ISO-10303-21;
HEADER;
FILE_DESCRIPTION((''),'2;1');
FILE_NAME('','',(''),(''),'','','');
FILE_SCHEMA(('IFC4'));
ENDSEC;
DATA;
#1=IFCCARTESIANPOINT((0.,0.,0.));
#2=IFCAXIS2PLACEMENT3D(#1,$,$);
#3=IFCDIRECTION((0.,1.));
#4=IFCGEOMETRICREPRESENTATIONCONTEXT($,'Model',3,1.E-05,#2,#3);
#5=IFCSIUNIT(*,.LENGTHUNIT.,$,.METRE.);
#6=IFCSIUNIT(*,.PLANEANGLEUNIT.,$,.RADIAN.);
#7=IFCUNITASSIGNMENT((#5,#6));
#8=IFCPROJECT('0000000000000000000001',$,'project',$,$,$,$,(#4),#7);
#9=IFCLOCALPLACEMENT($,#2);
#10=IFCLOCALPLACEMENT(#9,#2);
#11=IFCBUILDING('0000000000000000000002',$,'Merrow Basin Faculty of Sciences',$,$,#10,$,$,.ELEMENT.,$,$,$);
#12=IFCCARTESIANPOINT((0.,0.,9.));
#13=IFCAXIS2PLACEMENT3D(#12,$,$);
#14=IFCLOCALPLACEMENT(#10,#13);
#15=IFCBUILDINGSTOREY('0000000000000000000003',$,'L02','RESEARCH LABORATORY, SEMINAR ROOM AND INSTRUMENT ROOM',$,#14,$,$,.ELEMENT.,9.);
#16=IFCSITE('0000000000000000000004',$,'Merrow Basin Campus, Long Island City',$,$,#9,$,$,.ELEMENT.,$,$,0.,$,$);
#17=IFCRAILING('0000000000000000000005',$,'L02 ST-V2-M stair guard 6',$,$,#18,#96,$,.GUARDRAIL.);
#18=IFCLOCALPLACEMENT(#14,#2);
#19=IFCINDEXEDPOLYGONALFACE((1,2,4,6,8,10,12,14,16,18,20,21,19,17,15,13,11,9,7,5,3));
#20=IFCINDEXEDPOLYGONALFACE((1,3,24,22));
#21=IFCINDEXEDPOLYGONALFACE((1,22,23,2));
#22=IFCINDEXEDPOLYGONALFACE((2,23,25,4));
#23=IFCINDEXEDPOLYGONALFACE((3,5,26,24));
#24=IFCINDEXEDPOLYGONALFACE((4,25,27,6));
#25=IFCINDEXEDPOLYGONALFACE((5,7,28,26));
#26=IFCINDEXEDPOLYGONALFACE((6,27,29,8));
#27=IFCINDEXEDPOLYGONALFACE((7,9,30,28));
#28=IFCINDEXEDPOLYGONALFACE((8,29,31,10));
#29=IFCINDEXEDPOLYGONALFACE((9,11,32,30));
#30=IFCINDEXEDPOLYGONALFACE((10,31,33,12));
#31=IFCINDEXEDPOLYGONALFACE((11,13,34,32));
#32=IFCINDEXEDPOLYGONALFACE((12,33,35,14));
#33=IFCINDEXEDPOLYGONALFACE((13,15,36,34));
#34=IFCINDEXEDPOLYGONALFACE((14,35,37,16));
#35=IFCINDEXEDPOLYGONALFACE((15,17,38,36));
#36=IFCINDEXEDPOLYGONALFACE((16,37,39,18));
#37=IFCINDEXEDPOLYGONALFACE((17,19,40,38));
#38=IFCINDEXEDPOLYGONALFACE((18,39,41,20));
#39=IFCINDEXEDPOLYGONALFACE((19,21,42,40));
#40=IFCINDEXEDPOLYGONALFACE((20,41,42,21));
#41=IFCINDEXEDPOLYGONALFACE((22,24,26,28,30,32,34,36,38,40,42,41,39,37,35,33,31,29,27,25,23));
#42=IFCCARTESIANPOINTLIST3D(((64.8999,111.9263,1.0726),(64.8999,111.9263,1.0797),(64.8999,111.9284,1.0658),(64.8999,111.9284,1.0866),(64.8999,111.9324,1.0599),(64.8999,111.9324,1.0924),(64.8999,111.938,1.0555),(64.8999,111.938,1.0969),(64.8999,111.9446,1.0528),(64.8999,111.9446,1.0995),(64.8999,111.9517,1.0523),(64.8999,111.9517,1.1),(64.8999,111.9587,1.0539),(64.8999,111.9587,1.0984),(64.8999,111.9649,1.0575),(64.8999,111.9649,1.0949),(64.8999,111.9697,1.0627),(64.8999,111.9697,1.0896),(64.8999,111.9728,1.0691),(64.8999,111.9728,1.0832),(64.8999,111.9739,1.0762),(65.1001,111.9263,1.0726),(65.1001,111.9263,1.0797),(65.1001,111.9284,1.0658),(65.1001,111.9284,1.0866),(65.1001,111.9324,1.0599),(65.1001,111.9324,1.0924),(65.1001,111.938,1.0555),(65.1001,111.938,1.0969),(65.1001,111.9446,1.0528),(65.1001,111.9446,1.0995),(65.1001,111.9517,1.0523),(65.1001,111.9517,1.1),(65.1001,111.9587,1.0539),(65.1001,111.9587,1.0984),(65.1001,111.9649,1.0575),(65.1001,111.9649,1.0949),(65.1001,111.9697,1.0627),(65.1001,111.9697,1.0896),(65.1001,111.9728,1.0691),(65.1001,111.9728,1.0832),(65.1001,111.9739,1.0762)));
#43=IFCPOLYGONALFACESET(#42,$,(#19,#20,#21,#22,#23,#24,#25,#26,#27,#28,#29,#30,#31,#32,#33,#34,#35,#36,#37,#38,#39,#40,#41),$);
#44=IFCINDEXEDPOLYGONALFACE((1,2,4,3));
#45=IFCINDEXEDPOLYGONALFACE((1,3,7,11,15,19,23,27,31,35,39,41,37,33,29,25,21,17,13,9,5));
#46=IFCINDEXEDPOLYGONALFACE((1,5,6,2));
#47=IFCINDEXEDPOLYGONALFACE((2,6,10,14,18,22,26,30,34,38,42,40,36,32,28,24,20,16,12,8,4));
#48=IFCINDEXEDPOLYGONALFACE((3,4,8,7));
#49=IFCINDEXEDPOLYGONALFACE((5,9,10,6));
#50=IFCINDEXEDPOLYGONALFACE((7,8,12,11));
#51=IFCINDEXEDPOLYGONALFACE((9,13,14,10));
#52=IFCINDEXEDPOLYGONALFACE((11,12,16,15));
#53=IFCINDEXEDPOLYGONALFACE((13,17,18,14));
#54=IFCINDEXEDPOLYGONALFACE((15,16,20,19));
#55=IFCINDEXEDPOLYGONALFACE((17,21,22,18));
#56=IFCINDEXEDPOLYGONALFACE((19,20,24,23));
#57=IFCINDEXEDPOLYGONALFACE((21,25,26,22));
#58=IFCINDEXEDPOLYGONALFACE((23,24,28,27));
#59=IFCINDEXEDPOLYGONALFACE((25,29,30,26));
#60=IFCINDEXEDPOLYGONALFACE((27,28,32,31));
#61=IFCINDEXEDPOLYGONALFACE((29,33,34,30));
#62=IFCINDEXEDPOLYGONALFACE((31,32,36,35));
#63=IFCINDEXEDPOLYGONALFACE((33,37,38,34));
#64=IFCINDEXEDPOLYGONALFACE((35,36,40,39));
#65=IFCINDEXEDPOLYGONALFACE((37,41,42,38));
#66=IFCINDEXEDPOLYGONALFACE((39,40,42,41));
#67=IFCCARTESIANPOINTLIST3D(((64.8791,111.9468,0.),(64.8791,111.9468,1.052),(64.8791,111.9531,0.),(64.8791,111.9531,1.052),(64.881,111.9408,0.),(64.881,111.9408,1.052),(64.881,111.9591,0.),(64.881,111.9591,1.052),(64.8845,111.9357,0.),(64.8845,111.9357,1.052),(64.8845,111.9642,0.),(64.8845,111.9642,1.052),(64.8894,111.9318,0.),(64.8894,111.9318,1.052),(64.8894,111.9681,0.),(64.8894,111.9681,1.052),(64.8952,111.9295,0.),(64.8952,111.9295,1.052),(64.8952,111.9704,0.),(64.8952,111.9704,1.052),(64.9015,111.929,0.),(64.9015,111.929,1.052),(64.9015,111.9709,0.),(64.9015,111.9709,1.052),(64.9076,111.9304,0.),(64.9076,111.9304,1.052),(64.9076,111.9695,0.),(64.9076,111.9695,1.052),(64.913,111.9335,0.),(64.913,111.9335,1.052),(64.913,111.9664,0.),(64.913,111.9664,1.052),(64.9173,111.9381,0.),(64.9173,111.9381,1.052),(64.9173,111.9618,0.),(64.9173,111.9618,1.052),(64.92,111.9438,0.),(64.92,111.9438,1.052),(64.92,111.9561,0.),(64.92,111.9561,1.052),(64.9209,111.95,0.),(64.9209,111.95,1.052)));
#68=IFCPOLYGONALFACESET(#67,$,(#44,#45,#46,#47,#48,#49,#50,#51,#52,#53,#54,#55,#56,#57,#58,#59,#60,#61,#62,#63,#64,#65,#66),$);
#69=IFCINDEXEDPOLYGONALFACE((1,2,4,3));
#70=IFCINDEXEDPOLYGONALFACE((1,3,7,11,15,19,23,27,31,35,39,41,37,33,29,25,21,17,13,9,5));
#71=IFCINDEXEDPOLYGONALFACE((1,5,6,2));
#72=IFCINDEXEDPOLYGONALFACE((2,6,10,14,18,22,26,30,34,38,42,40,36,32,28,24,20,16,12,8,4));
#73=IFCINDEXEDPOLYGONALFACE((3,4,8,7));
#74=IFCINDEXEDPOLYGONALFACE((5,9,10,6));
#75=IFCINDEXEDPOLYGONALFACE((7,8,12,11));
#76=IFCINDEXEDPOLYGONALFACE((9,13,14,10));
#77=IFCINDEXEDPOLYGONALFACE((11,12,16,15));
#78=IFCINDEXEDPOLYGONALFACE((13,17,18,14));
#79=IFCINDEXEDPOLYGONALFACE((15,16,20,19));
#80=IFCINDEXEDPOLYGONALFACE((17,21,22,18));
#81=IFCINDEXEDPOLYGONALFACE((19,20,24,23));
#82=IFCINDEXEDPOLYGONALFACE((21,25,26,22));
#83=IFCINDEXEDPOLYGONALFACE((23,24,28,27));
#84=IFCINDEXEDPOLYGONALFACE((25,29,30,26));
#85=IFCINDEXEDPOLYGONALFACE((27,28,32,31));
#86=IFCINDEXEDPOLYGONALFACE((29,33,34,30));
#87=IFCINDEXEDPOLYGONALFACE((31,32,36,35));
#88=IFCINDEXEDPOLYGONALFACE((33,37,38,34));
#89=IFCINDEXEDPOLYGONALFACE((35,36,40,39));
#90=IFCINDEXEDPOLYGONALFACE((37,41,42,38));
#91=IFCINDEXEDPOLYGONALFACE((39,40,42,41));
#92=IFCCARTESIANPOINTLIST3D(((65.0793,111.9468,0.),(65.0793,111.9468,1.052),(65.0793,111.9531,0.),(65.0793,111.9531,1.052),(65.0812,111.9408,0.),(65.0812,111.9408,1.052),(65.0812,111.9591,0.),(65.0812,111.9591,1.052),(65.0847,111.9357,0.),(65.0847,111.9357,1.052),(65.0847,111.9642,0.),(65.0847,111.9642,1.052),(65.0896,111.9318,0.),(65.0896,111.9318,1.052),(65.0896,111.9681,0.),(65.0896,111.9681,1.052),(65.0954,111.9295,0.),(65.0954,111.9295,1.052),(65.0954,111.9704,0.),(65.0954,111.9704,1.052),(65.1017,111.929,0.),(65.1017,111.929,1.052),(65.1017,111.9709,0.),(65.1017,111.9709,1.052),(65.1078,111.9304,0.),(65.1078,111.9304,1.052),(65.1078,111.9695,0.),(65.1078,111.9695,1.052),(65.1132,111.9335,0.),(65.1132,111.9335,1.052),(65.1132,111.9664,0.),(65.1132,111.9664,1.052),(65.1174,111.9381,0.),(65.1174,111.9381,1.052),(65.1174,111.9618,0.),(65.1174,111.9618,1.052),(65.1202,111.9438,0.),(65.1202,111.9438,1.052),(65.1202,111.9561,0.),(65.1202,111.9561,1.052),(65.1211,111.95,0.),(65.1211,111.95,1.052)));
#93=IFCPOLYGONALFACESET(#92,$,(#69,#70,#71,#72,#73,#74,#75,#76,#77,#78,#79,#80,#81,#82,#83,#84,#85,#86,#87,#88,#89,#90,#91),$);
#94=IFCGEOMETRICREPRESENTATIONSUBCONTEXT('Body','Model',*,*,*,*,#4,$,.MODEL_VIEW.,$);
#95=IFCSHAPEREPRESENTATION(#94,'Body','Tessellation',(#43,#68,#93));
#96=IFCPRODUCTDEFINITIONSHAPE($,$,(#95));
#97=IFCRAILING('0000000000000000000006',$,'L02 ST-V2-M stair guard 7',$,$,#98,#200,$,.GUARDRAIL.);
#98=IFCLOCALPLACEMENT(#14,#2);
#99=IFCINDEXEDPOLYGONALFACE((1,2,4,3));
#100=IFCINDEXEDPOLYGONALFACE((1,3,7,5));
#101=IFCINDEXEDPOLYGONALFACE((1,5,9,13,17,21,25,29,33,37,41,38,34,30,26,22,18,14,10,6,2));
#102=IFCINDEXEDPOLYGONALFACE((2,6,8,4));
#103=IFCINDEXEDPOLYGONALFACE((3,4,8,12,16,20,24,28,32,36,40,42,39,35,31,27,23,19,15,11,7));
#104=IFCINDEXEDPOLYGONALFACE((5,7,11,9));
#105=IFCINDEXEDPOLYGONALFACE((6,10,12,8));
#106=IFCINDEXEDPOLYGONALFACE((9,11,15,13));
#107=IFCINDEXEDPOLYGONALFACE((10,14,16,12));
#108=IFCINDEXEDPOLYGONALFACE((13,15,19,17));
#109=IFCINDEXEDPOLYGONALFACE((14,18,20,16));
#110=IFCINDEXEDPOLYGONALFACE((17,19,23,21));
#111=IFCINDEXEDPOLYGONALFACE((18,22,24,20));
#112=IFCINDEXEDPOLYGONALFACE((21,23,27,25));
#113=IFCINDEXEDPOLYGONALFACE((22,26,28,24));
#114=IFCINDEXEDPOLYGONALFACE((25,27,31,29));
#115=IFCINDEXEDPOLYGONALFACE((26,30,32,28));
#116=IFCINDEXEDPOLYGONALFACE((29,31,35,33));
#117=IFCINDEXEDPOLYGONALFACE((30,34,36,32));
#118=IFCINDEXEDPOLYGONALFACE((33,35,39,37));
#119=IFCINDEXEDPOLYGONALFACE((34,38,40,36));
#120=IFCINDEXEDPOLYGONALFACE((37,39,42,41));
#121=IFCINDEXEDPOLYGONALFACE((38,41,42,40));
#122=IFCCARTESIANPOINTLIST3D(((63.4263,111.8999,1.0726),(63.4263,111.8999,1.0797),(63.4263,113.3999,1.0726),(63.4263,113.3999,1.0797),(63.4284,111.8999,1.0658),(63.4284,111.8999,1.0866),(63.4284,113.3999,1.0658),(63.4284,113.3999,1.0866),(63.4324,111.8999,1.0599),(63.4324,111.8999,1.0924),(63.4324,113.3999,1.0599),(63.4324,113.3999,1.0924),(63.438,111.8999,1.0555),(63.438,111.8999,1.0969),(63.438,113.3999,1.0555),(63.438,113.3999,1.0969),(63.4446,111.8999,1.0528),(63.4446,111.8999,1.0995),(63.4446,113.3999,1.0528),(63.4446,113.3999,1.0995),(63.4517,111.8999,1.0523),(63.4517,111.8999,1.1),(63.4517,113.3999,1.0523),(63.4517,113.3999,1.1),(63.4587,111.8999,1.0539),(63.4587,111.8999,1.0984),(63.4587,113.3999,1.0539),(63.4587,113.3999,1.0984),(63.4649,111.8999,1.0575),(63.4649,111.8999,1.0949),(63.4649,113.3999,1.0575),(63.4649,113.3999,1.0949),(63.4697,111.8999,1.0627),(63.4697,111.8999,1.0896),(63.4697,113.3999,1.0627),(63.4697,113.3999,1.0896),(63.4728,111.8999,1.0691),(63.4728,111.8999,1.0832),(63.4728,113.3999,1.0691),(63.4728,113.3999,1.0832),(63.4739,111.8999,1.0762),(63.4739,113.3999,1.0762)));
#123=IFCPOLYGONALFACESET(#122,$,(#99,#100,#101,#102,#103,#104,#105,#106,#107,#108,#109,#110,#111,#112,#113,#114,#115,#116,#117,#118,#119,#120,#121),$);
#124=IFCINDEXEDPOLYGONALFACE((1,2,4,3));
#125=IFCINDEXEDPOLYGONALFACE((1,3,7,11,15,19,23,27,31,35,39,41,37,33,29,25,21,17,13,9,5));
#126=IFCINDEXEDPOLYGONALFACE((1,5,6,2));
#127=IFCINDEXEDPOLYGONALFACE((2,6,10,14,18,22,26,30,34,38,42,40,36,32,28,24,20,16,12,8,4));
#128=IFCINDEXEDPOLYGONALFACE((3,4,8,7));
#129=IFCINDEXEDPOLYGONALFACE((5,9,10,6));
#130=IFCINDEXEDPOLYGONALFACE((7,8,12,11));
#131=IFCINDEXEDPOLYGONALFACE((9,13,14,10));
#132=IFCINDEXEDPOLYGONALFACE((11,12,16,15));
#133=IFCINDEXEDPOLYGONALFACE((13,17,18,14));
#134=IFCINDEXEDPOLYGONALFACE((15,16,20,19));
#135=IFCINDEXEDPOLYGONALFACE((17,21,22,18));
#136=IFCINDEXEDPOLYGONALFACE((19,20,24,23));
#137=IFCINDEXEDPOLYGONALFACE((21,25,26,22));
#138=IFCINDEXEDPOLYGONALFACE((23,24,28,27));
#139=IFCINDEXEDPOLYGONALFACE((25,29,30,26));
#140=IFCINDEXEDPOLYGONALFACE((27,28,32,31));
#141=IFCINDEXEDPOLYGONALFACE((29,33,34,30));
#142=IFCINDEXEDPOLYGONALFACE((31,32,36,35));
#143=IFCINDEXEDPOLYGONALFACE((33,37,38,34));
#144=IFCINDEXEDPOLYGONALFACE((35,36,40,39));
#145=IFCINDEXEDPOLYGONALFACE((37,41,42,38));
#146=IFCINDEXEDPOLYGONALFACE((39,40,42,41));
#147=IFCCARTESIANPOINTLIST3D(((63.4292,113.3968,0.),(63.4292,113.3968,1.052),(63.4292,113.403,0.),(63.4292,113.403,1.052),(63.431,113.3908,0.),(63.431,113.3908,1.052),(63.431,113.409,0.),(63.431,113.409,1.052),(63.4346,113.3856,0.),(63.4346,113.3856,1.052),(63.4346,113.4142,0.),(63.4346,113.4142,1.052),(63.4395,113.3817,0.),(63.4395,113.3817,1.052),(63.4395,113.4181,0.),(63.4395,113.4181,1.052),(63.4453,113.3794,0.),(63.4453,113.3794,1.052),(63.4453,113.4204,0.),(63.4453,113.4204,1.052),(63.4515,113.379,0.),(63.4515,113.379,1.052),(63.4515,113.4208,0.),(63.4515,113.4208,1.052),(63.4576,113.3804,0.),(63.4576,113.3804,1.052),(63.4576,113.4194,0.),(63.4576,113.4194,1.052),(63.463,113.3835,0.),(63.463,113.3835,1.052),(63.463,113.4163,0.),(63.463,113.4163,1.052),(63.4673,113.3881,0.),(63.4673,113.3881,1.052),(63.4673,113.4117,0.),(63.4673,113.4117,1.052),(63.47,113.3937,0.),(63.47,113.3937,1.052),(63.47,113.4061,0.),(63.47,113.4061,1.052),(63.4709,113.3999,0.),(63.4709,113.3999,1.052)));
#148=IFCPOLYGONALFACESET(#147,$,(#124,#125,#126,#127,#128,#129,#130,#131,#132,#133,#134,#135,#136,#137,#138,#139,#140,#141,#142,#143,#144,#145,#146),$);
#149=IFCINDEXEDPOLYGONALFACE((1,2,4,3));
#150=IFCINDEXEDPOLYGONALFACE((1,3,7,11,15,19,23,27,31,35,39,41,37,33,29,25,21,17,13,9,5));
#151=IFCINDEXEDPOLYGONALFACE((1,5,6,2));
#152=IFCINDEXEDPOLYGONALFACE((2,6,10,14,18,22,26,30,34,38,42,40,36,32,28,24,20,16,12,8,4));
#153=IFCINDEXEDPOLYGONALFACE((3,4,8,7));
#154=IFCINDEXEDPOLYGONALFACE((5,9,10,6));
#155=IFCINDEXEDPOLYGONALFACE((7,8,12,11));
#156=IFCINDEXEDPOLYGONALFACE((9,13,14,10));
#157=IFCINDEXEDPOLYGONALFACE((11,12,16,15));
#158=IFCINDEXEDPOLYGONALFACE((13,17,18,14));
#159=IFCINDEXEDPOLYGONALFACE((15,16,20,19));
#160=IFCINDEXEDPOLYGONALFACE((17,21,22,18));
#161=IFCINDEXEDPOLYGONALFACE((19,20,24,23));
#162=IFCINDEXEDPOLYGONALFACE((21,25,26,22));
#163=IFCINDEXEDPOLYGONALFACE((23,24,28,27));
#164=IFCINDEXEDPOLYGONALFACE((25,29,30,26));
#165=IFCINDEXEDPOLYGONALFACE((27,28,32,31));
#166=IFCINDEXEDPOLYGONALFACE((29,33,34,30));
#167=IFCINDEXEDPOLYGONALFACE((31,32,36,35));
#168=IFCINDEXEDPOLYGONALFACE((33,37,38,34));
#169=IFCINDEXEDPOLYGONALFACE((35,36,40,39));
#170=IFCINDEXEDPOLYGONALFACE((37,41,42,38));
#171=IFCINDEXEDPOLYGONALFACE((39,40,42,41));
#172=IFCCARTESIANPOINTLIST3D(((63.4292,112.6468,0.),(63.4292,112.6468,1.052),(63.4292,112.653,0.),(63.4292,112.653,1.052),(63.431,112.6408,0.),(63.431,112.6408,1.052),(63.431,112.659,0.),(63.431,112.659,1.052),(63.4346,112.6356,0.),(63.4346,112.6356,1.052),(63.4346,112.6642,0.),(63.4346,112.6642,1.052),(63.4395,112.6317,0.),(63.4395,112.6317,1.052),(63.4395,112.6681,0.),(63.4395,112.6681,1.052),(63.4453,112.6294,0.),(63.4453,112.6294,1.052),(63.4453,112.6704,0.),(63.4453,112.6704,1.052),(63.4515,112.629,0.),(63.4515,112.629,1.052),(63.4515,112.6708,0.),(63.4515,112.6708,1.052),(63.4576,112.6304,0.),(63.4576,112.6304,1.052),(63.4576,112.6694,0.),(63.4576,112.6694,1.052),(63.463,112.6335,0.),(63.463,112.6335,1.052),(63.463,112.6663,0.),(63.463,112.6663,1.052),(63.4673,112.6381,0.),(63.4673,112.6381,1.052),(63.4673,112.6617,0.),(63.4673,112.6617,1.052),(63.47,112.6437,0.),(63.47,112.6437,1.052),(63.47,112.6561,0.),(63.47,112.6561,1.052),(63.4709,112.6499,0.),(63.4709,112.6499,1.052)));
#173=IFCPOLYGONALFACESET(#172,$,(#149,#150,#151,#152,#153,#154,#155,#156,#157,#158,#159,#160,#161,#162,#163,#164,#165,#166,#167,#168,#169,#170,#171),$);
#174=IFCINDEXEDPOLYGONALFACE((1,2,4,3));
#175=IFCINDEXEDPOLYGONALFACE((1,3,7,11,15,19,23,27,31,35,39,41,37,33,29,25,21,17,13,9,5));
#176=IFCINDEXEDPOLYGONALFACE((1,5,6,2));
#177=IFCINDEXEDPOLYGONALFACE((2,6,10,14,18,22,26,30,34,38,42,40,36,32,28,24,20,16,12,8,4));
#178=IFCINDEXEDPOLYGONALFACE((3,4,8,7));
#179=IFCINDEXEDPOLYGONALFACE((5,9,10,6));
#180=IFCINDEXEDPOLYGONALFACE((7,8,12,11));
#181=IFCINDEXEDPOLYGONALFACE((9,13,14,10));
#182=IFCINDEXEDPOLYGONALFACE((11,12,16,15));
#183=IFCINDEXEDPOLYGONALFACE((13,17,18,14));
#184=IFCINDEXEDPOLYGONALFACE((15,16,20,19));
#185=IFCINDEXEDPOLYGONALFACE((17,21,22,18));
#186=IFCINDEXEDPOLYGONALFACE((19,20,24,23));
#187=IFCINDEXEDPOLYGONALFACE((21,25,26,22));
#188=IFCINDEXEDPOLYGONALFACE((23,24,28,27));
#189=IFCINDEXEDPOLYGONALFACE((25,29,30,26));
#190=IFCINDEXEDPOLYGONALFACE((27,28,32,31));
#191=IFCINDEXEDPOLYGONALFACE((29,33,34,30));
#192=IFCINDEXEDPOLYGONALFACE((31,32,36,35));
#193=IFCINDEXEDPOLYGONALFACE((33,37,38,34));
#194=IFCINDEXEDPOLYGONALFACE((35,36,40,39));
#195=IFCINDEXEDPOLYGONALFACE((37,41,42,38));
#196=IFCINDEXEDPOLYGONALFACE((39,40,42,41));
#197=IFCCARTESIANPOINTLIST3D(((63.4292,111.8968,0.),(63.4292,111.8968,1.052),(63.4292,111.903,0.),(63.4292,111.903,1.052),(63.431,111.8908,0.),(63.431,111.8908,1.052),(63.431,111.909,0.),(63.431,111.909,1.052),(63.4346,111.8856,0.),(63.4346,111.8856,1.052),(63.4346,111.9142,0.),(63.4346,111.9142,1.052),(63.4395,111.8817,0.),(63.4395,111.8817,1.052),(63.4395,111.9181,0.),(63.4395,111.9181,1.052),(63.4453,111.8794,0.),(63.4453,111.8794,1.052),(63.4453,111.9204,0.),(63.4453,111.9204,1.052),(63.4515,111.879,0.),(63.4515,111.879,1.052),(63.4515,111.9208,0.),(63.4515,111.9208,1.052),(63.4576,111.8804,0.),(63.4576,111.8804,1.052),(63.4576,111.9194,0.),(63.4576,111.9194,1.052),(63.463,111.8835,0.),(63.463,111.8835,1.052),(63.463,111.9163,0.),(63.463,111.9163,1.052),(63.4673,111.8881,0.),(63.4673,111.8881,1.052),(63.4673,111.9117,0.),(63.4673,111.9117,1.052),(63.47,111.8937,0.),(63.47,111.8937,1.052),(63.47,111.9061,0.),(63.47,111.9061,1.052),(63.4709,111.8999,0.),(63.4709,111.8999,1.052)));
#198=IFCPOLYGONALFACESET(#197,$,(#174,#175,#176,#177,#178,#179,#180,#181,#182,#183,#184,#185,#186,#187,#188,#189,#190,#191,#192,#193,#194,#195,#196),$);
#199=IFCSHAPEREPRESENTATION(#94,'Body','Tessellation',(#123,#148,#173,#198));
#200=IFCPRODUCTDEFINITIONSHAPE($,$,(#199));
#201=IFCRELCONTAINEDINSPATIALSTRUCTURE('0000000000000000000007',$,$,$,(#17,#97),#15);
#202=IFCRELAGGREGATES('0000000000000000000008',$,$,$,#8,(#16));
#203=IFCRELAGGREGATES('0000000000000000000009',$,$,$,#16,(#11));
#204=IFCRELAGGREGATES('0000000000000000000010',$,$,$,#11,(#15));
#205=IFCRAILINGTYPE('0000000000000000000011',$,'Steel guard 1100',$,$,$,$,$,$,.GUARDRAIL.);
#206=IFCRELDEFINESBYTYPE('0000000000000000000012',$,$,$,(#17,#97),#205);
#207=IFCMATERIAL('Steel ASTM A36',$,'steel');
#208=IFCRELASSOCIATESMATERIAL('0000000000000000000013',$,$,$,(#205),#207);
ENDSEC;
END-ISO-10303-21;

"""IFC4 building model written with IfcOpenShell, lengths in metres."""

from ifc_helpers import new_model, si_unit, direction, frame, origin, origin_2d, place, context, subcontext, project, spatial, circle, extrude, material, type_object, element, save


model = new_model("IFC4")

# Units and contexts
model_context = context("Model", 3, precision=1e-05, world=origin(), true_north=direction((0.0, 1.0)))
body_context = subcontext(model_context, "Body", "Model", "MODEL_VIEW")
ifc_project = project(units=[si_unit("LENGTHUNIT", "METRE"), si_unit("PLANEANGLEUNIT", "RADIAN")], contexts=[model_context])

# Site, building, storey
site_placement = place(None, origin())
site = spatial("IfcSite", under=ifc_project, at=site_placement, Name="Merrow Basin Campus, Long Island City", CompositionType="ELEMENT", RefElevation=0.0)
building_placement = place(site_placement, origin())
building = spatial("IfcBuilding", under=site, at=building_placement, Name="Merrow Basin Faculty of Sciences", CompositionType="ELEMENT")
storey_placement = place(building_placement, frame((0.0, 0.0, 9.0)))
storey = spatial("IfcBuildingStorey", under=building, at=storey_placement, Name="L02", Description="RESEARCH LABORATORY, SEMINAR ROOM AND INSTRUMENT ROOM", CompositionType="ELEMENT", Elevation=9.0)

# Railings
ifc_material_1 = material(Name="Steel ASTM A36", Category="steel")
railing_type_1 = type_object("IfcRailingType", Name="Steel guard 1100", PredefinedType="GUARDRAIL", material=ifc_material_1)
railing_1_placement = place(storey_placement, frame((64.8999, 111.95, 0.0)))
element("IfcRailing", 1, at=railing_1_placement, inside=storey, type_object=railing_type_1, Name="L02 ST-V2-M stair guard 6", PredefinedType="GUARDRAIL", context=body_context, shape_type="SweptSolid", body=[
    extrude(circle(Radius=0.0239, at=origin_2d()), frame((0.0, 0.0, 1.0762), z_axis=(1.0, 0.0, 0.0), x_axis=(0.0, 1.0, 0.0)), (0.0, 0.0, 1.0), 0.2002),
    extrude(circle(Radius=0.021, at=origin_2d()), origin(), (0.0, 0.0, 1.0), 1.052),
    extrude(circle(Radius=0.021, at=origin_2d()), frame((0.2002, 0.0, 0.0)), (0.0, 0.0, 1.0), 1.052),
])
railing_2_placement = place(storey_placement, frame((63.45, 113.3999, 0.0)))
element("IfcRailing", 2, at=railing_2_placement, inside=storey, type_object=railing_type_1, Name="L02 ST-V2-M stair guard 7", PredefinedType="GUARDRAIL", context=body_context, shape_type="SweptSolid", body=[
    extrude(circle(Radius=0.0239, at=origin_2d()), frame((0.0, 0.0, 1.0762), z_axis=(0.0, -1.0, 0.0), x_axis=(1.0, 0.0, 0.0)), (0.0, 0.0, 1.0), 1.5),
    extrude(circle(Radius=0.021, at=origin_2d()), origin(), (0.0, 0.0, 1.0), 1.052),
    extrude(circle(Radius=0.021, at=origin_2d()), frame((0.0, -0.75, 0.0)), (0.0, 0.0, 1.0), 1.052),
    extrude(circle(Radius=0.021, at=origin_2d()), frame((0.0, -1.5, 0.0)), (0.0, 0.0, 1.0), 1.052),
])

save(model, "model.ifc")
